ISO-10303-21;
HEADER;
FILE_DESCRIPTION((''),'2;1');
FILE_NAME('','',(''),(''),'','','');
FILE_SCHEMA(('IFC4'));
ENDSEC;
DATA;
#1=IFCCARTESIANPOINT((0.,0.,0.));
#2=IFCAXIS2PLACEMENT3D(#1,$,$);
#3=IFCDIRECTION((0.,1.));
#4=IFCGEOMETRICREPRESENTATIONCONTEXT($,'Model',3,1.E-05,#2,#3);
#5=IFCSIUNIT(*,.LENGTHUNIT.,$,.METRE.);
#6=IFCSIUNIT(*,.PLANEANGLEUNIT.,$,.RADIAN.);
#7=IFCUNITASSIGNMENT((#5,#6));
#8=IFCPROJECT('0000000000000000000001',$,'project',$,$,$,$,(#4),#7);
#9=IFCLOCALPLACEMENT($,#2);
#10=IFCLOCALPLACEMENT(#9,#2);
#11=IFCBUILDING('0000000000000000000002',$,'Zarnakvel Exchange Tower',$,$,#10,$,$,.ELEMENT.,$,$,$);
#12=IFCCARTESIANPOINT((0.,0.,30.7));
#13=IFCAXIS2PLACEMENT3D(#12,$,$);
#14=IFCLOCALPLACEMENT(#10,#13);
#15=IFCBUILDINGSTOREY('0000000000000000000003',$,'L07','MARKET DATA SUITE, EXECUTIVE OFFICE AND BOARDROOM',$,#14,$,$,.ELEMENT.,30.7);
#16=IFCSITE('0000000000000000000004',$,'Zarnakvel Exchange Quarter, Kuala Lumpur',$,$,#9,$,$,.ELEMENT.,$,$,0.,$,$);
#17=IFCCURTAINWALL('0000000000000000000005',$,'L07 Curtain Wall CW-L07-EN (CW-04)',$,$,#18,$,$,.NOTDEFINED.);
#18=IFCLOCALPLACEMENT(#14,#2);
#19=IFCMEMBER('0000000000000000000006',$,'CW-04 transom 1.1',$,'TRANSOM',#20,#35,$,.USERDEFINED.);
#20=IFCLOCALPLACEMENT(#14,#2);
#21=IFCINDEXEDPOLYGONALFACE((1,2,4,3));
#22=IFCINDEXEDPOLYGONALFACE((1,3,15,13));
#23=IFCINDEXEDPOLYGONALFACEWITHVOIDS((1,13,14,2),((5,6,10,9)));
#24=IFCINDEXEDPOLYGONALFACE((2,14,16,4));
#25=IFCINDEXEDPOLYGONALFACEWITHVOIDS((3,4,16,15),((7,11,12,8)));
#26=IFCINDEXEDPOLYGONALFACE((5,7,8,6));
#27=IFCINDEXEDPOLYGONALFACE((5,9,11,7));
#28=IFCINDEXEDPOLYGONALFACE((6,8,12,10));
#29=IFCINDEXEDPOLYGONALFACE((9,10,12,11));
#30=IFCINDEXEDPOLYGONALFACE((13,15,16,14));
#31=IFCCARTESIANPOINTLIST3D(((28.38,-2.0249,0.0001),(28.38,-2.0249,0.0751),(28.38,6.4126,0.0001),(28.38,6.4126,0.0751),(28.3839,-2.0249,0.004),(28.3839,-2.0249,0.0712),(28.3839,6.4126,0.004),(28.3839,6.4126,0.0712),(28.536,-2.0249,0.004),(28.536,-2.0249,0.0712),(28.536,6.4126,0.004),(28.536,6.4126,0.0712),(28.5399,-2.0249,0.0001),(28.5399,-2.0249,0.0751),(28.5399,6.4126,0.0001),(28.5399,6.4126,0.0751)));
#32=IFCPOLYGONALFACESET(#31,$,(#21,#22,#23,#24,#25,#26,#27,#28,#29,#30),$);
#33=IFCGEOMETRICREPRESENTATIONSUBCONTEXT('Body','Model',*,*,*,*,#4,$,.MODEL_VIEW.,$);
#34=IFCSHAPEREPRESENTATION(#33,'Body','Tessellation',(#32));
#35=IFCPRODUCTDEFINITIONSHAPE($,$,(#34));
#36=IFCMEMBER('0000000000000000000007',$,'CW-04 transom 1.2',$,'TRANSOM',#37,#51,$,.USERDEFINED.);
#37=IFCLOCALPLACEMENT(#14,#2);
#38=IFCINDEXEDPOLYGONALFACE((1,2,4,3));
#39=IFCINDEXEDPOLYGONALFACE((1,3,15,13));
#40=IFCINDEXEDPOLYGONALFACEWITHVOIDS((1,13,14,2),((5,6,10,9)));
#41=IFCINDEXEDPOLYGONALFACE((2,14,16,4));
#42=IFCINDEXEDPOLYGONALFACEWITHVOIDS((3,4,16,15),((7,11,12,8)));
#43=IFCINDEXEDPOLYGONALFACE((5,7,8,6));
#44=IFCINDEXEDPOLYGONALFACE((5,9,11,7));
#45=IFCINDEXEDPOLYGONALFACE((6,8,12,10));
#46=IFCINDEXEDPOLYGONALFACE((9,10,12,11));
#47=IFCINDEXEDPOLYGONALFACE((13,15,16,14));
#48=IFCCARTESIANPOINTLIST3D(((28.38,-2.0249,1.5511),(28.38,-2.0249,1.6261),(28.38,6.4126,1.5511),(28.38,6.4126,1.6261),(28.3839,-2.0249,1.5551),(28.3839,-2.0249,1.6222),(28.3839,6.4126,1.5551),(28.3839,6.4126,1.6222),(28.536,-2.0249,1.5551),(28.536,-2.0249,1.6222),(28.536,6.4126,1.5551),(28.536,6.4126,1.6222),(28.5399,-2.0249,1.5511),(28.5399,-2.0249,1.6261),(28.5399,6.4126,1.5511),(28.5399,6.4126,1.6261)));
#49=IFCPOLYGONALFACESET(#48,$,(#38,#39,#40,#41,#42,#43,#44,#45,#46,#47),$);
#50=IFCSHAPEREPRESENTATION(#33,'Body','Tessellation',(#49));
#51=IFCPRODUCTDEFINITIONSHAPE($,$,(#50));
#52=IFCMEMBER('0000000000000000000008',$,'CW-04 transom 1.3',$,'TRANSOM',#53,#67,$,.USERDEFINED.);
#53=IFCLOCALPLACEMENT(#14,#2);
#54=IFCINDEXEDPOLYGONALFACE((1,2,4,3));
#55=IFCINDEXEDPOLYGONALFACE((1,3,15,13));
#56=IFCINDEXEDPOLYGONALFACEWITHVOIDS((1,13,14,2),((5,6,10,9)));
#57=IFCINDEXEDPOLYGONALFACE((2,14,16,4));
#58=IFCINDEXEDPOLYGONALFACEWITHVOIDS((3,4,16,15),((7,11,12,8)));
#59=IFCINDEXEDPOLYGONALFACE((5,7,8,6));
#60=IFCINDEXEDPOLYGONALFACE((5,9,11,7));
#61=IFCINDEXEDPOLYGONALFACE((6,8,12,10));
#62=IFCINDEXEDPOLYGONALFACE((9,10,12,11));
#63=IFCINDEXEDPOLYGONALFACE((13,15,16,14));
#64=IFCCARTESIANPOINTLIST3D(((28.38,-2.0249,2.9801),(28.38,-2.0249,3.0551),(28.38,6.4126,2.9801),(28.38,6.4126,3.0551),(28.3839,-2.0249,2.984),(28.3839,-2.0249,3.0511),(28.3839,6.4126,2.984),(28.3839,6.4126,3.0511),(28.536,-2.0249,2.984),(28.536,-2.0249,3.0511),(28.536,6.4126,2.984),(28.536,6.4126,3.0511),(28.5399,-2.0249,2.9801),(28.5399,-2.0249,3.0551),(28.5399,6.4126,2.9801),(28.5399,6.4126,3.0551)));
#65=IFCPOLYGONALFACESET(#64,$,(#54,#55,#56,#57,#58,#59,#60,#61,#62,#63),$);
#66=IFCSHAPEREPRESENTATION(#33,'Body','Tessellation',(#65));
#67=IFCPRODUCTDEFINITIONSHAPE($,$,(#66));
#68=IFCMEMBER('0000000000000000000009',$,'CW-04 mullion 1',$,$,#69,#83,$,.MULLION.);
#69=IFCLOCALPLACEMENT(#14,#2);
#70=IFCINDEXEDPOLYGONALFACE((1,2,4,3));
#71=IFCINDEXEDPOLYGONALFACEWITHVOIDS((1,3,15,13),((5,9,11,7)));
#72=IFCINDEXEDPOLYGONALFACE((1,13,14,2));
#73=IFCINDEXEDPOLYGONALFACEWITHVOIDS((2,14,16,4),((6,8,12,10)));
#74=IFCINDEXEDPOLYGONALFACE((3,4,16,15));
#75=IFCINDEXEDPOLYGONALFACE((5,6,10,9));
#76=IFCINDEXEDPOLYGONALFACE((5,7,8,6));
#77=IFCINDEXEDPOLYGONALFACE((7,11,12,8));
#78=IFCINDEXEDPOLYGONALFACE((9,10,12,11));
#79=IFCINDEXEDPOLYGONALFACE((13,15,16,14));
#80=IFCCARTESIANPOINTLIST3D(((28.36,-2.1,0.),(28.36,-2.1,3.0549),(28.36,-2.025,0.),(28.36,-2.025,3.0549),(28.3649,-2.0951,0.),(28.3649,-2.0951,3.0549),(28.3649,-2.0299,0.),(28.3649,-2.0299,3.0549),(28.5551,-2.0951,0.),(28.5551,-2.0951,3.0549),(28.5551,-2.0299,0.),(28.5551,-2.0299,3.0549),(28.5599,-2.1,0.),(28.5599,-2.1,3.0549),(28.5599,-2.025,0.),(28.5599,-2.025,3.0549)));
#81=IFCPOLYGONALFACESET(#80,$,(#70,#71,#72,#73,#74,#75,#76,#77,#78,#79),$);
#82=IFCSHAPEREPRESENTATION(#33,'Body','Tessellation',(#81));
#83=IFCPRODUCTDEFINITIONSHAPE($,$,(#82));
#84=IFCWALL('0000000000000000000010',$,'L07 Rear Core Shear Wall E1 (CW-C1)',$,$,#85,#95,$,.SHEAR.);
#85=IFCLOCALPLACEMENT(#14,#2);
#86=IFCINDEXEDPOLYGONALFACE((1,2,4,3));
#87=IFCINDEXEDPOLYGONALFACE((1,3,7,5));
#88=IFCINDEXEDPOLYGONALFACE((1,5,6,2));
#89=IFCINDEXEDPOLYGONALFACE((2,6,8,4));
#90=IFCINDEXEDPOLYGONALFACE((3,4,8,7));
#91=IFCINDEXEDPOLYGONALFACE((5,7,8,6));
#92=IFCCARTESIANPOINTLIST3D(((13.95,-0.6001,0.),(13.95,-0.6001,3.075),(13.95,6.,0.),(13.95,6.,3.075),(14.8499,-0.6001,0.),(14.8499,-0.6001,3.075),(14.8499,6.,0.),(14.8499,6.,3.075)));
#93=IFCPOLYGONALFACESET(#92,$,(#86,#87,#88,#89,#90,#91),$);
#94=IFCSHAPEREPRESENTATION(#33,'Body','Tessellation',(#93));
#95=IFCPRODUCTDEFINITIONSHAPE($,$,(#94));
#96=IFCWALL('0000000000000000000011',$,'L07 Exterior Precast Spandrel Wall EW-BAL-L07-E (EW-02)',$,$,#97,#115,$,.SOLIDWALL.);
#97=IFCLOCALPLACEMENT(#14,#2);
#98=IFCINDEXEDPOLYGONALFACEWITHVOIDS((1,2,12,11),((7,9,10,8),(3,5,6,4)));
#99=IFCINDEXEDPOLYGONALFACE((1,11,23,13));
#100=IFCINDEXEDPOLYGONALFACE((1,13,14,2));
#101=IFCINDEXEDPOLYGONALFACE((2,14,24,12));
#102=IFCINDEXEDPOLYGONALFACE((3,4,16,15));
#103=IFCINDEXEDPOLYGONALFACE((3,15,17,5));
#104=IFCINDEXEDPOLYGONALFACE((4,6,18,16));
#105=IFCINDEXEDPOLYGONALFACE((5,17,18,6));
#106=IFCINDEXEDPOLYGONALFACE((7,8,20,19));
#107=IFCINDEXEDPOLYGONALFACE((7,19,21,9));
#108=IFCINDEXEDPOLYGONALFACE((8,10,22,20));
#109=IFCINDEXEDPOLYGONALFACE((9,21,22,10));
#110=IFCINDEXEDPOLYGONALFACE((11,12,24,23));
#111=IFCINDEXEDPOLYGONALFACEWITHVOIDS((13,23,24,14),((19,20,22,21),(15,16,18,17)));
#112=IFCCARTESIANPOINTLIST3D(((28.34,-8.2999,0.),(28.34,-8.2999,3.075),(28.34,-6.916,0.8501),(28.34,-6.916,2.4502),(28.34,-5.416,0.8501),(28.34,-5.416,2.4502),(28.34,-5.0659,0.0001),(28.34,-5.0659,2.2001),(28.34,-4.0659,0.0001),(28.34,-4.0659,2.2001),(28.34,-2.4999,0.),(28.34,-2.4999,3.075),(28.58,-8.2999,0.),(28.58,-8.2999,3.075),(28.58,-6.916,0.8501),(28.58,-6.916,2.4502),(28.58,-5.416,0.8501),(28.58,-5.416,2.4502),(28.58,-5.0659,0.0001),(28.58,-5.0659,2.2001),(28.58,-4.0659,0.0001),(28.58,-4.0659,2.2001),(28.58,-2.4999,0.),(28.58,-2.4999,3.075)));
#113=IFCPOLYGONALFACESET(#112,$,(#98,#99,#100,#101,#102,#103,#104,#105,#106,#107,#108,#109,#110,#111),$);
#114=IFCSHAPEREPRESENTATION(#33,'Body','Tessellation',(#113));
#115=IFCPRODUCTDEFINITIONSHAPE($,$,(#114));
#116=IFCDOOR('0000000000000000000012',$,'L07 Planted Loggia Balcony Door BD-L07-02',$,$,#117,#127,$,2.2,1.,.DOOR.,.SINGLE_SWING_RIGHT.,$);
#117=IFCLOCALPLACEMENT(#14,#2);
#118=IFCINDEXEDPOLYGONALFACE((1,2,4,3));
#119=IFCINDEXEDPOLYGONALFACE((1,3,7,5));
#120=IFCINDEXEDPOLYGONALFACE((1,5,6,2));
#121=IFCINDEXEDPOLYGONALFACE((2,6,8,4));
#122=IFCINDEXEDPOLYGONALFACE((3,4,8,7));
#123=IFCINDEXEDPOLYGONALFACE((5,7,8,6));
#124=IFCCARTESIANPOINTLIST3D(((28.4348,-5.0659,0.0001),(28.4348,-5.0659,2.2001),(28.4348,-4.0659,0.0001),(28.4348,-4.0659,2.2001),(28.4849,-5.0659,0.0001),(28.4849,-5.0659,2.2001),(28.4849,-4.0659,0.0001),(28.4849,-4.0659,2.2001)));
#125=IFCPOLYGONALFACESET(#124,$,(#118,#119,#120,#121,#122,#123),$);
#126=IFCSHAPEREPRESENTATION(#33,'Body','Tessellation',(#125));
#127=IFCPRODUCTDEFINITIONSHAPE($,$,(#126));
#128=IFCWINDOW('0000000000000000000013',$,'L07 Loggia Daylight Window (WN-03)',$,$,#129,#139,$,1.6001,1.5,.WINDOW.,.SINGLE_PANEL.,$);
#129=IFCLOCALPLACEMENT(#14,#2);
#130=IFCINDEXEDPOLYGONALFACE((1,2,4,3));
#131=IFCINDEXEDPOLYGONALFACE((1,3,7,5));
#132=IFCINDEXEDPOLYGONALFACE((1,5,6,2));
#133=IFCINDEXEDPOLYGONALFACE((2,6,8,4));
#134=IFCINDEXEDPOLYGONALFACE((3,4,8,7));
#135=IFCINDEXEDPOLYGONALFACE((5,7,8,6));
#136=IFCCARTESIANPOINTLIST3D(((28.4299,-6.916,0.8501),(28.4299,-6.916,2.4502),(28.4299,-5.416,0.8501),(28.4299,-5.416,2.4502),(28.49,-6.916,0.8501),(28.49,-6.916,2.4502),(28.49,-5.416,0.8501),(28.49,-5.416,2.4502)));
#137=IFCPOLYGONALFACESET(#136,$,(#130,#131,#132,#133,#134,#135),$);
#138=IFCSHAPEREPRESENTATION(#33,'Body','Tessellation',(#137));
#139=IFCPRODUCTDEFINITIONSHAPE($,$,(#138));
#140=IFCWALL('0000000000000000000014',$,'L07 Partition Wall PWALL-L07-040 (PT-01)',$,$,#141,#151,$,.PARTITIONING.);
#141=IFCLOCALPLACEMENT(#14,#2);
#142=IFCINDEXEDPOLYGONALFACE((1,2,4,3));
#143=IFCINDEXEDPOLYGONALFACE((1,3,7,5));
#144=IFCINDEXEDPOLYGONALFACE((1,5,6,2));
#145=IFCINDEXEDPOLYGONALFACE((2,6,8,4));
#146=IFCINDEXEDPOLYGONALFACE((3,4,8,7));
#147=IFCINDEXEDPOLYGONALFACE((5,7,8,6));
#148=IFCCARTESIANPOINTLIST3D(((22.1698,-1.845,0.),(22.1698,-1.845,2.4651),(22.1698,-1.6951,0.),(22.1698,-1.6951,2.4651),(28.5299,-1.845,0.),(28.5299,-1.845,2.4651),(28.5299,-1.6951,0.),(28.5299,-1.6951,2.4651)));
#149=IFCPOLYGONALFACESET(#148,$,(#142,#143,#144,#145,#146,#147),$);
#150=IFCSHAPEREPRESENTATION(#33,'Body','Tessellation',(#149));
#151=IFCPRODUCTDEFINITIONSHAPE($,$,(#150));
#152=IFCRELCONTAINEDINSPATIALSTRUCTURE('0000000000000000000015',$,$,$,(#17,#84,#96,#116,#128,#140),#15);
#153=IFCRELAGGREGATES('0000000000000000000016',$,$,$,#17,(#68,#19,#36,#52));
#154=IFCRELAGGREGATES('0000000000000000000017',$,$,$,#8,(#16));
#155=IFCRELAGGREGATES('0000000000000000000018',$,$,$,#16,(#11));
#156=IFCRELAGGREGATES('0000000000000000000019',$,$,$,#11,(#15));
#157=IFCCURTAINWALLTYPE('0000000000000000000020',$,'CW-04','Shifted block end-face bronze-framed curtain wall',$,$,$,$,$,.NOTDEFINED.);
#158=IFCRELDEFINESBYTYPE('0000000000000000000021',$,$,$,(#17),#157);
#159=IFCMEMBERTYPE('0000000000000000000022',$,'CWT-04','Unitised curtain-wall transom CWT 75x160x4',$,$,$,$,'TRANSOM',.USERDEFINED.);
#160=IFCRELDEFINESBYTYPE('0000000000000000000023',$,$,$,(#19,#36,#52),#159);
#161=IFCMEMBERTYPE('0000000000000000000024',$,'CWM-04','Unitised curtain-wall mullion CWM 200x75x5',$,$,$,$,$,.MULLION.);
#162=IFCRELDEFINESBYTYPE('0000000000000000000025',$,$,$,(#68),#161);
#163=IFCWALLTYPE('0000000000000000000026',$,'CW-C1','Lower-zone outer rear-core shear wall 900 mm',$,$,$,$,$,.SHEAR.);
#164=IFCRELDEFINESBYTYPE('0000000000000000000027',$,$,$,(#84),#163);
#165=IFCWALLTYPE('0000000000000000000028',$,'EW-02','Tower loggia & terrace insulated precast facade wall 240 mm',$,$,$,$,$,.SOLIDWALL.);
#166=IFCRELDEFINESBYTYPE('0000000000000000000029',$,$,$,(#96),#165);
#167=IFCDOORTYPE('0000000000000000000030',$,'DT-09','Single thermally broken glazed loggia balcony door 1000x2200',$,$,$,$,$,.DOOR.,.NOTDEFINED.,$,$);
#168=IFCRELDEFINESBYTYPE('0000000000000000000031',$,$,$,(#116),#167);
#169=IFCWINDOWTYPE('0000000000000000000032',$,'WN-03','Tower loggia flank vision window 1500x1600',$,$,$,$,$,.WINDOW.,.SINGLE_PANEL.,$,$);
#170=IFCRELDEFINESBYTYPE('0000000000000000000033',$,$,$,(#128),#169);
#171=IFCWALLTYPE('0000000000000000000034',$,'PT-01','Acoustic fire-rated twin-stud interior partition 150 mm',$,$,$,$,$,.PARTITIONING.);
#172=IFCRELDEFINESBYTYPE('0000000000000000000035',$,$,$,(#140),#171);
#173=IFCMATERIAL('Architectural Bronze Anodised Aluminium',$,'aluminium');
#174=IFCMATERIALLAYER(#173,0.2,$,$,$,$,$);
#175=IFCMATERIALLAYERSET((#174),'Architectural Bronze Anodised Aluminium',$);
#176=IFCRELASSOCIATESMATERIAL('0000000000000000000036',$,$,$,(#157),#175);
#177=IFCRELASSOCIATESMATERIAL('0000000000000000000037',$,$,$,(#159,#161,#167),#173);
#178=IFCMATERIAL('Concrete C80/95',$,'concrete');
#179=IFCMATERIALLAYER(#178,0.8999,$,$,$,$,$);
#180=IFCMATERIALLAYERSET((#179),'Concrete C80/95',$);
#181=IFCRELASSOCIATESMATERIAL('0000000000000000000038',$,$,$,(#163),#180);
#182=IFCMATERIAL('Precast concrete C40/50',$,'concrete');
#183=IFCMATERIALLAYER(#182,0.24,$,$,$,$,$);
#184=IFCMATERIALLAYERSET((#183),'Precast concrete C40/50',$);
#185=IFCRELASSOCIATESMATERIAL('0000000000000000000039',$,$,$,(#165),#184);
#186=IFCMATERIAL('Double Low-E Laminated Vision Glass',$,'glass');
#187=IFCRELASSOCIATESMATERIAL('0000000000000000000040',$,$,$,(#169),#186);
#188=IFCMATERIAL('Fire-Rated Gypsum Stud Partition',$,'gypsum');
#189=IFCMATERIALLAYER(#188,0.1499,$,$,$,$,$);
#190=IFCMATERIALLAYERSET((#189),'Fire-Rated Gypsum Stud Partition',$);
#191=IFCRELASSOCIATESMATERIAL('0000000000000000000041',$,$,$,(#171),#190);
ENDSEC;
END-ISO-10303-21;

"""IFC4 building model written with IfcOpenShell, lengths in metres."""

from ifc_helpers import new_model, si_unit, direction, frame, frame_2d, origin, origin_2d, place, context, subcontext, project, spatial, rectangle, hollow_rectangle, extrude, source, transform, mapped, material, layer, layer_set, material_profile, profile_set, type_object, element, fill, aggregate, save


model = new_model("IFC4")

# Units and contexts
model_context = context("Model", 3, precision=1e-05, world=origin(), true_north=direction((0.0, 1.0)))
body_context = subcontext(model_context, "Body", "Model", "MODEL_VIEW")
ifc_project = project(units=[si_unit("LENGTHUNIT", "METRE"), si_unit("PLANEANGLEUNIT", "RADIAN")], contexts=[model_context])

# Site, building, storey
site_placement = place(None, origin())
site = spatial("IfcSite", under=ifc_project, at=site_placement, Name="Zarnakvel Exchange Quarter, Kuala Lumpur", CompositionType="ELEMENT", RefElevation=0.0)
building_placement = place(site_placement, origin())
building = spatial("IfcBuilding", under=site, at=building_placement, Name="Zarnakvel Exchange Tower", CompositionType="ELEMENT")
storey_placement = place(building_placement, frame((0.0, 0.0, 30.7)))
storey = spatial("IfcBuildingStorey", under=building, at=storey_placement, Name="L07", Description="MARKET DATA SUITE, EXECUTIVE OFFICE AND BOARDROOM", CompositionType="ELEMENT", Elevation=30.7)

# Shared definitions
ifc_material_1 = material(Name="Concrete C80/95", Category="concrete")

# Curtain wall, members
ifc_material_2 = material(Name="Architectural Bronze Anodised Aluminium", Category="aluminium")
ifc_layer_1 = layer(ifc_material_2, 0.2)
ifc_layer_set_1 = layer_set([ifc_layer_1], Name="Architectural Bronze Anodised Aluminium")
curtain_wall_type = type_object("IfcCurtainWallType", Name="CW-04", Description="Shifted block end-face bronze-framed curtain wall", PredefinedType="NOTDEFINED", material=ifc_layer_set_1)
curtain_wall_placement = place(storey_placement, origin())
curtain_wall = element("IfcCurtainWall", 1, at=curtain_wall_placement, inside=storey, type_object=curtain_wall_type, Name="L07 Curtain Wall CW-L07-EN (CW-04)", PredefinedType="NOTDEFINED")
ifc_material_profile_1 = material_profile(ifc_material_2, hollow_rectangle(XDim=0.1599, YDim=0.075, WallThickness=0.0039, at=origin_2d()))
ifc_profile_set_1 = profile_set([ifc_material_profile_1], Name="Architectural Bronze Anodised Aluminium")
member_type_1 = type_object("IfcMemberType", Name="CWT-04", Description="Unitised curtain-wall transom CWT 75x160x4", ElementType="TRANSOM", PredefinedType="USERDEFINED", material=ifc_profile_set_1)
shared_shape_1 = source(origin(), body_context, "Body", "SweptSolid", [
    extrude(hollow_rectangle(XDim=0.1599, YDim=0.075, WallThickness=0.0039, at=origin_2d()), origin(), (0.0, 0.0, 1.0), 8.4375),
])
member_1_placement = place(storey_placement, frame((28.46, -2.0249, 0.0376), z_axis=(0.0, 1.0, 0.0), x_axis=(-1.0, 0.0, 0.0)))
member_1 = element("IfcMember", 2, at=member_1_placement, type_object=member_type_1, Name="CW-04 transom 1.1", ObjectType="TRANSOM", PredefinedType="USERDEFINED", context=body_context, shape_type="MappedRepresentation", body=[
    mapped(shared_shape_1, transform((0.0, 0.0, 0.0), x_axis=(1.0, 0.0, 0.0), y_axis=(0.0, 1.0, 0.0), z_axis=(0.0, 0.0, 1.0), scale=1.0)),
])
member_2_placement = place(storey_placement, frame((28.46, -2.0249, 1.5886), z_axis=(0.0, 1.0, 0.0), x_axis=(-1.0, 0.0, 0.0)))
member_2 = element("IfcMember", 3, at=member_2_placement, type_object=member_type_1, Name="CW-04 transom 1.2", ObjectType="TRANSOM", PredefinedType="USERDEFINED", context=body_context, shape_type="MappedRepresentation", body=[
    mapped(shared_shape_1, transform((0.0, 0.0, 0.0), x_axis=(1.0, 0.0, 0.0), y_axis=(0.0, 1.0, 0.0), z_axis=(0.0, 0.0, 1.0), scale=1.0)),
])
member_3_placement = place(storey_placement, frame((28.46, -2.0249, 3.0176), z_axis=(0.0, 1.0, 0.0), x_axis=(-1.0, 0.0, 0.0)))
member_3 = element("IfcMember", 4, at=member_3_placement, type_object=member_type_1, Name="CW-04 transom 1.3", ObjectType="TRANSOM", PredefinedType="USERDEFINED", context=body_context, shape_type="MappedRepresentation", body=[
    mapped(shared_shape_1, transform((0.0, 0.0, 0.0), x_axis=(1.0, 0.0, 0.0), y_axis=(0.0, 1.0, 0.0), z_axis=(0.0, 0.0, 1.0), scale=1.0)),
])
ifc_material_profile_2 = material_profile(ifc_material_2, hollow_rectangle(XDim=0.2, YDim=0.075, WallThickness=0.0049, at=origin_2d()))
ifc_profile_set_2 = profile_set([ifc_material_profile_2], Name="Architectural Bronze Anodised Aluminium")
member_type_2 = type_object("IfcMemberType", Name="CWM-04", Description="Unitised curtain-wall mullion CWM 200x75x5", PredefinedType="MULLION", material=ifc_profile_set_2)
shared_shape_2 = source(origin(), body_context, "Body", "SweptSolid", [
    extrude(hollow_rectangle(XDim=0.2, YDim=0.075, WallThickness=0.0049, at=origin_2d()), origin(), (0.0, 0.0, 1.0), 3.0549),
])
member_4_placement = place(storey_placement, frame((28.46, -2.0625, 0.0), z_axis=(0.0, 0.0, 1.0), x_axis=(-1.0, 0.0, 0.0)))
member_4 = element("IfcMember", 5, at=member_4_placement, type_object=member_type_2, Name="CW-04 mullion 1", PredefinedType="MULLION", context=body_context, shape_type="MappedRepresentation", body=[
    mapped(shared_shape_2, transform((0.0, 0.0, 0.0), x_axis=(1.0, 0.0, 0.0), y_axis=(0.0, 1.0, 0.0), z_axis=(0.0, 0.0, 1.0), scale=1.0)),
])
aggregate(curtain_wall, [member_4, member_1, member_2, member_3])

# Wall
ifc_layer_2 = layer(ifc_material_1, 0.8999)
ifc_layer_set_2 = layer_set([ifc_layer_2], Name="Concrete C80/95")
wall_type_1 = type_object("IfcWallType", Name="CW-C1", Description="Lower-zone outer rear-core shear wall 900 mm", PredefinedType="SHEAR", material=ifc_layer_set_2)
wall_1_placement = place(storey_placement, frame((14.3999, -0.6001, 0.0), z_axis=(0.0, 0.0, 1.0), x_axis=(0.0, 1.0, 0.0)))
element("IfcWall", 6, at=wall_1_placement, inside=storey, type_object=wall_type_1, Name="L07 Rear Core Shear Wall E1 (CW-C1)", PredefinedType="SHEAR", context=body_context, shape_type="SweptSolid", body=[
    extrude(rectangle(XDim=6.6001, YDim=0.8999, at=frame_2d((3.3, 0.0))), origin(), (0.0, 0.0, 1.0), 3.075),
])

# Wall, openings, door, window
ifc_material_3 = material(Name="Precast concrete C40/50", Category="concrete")
ifc_layer_3 = layer(ifc_material_3, 0.24)
ifc_layer_set_3 = layer_set([ifc_layer_3], Name="Precast concrete C40/50")
wall_type_2 = type_object("IfcWallType", Name="EW-02", Description="Tower loggia & terrace insulated precast facade wall 240 mm", PredefinedType="SOLIDWALL", material=ifc_layer_set_3)
wall_2_placement = place(storey_placement, frame((28.46, -2.5, 0.0), z_axis=(0.0, 0.0, 1.0), x_axis=(0.0, -1.0, 0.0)))
wall_2 = element("IfcWall", 7, at=wall_2_placement, inside=storey, type_object=wall_type_2, Name="L07 Exterior Precast Spandrel Wall EW-BAL-L07-E (EW-02)", PredefinedType="SOLIDWALL", context=body_context, shape_type="SweptSolid", body=[
    extrude(rectangle(XDim=5.8, YDim=0.24, at=frame_2d((2.8999, 0.0))), origin(), (0.0, 0.0, 1.0), 3.075),
])
opening_1_placement = place(wall_2_placement, frame((1.5659, 0.0, 0.0)))
opening_1 = element("IfcOpeningElement", 8, at=opening_1_placement, cuts=wall_2, PredefinedType="OPENING", context=body_context, shape_type="SweptSolid", body=[
    extrude(rectangle(XDim=1.0, YDim=2.2, at=frame_2d((0.5, 1.1001))), frame((0.0, 0.1299, 0.0), z_axis=(0.0, -1.0, 0.0), x_axis=(1.0, 0.0, 0.0)), (0.0, 0.0, 1.0), 0.26),
])
opening_2_placement = place(wall_2_placement, frame((2.916, 0.0, 0.8501)))
opening_2 = element("IfcOpeningElement", 9, at=opening_2_placement, cuts=wall_2, PredefinedType="OPENING", context=body_context, shape_type="SweptSolid", body=[
    extrude(rectangle(XDim=1.5, YDim=1.6001, at=frame_2d((0.75, 0.8))), frame((0.0, 0.1299, 0.0), z_axis=(0.0, -1.0, 0.0), x_axis=(1.0, 0.0, 0.0)), (0.0, 0.0, 1.0), 0.26),
])
door_type_1 = type_object("IfcDoorType", Name="DT-09", Description="Single thermally broken glazed loggia balcony door 1000x2200", OperationType="NOTDEFINED", PredefinedType="DOOR", material=ifc_material_2)
shared_shape_3 = source(origin(), body_context, "Body", "SweptSolid", [
    extrude(rectangle(XDim=1.0, YDim=2.2, at=frame_2d((0.5, 1.1001))), frame((0.0, 0.0249, 0.0), z_axis=(0.0, -1.0, 0.0), x_axis=(1.0, 0.0, 0.0)), (0.0, 0.0, 1.0), 0.05),
])
door_1_placement = place(opening_1_placement, origin())
door_1 = element("IfcDoor", 10, at=door_1_placement, inside=storey, type_object=door_type_1, Name="L07 Planted Loggia Balcony Door BD-L07-02", OperationType="SINGLE_SWING_RIGHT", OverallHeight=2.2, OverallWidth=1.0, PredefinedType="DOOR", context=body_context, shape_type="MappedRepresentation", body=[
    mapped(shared_shape_3, transform((0.0, 0.0, 0.0), x_axis=(1.0, 0.0, 0.0), y_axis=(0.0, 1.0, 0.0), z_axis=(0.0, 0.0, 1.0), scale=1.0)),
])
fill(opening_1, door_1)
ifc_material_4 = material(Name="Double Low-E Laminated Vision Glass", Category="glass")
window_type = type_object("IfcWindowType", Name="WN-03", Description="Tower loggia flank vision window 1500x1600", PartitioningType="SINGLE_PANEL", PredefinedType="WINDOW", material=ifc_material_4)
shared_shape_4 = source(origin(), body_context, "Body", "SweptSolid", [
    extrude(rectangle(XDim=1.5, YDim=1.6001, at=frame_2d((0.75, 0.8))), frame((0.0, 0.03, 0.0), z_axis=(0.0, -1.0, 0.0), x_axis=(1.0, 0.0, 0.0)), (0.0, 0.0, 1.0), 0.0601),
])
window_placement = place(opening_2_placement, origin())
window = element("IfcWindow", 11, at=window_placement, inside=storey, type_object=window_type, Name="L07 Loggia Daylight Window (WN-03)", OverallHeight=1.6001, OverallWidth=1.5, PartitioningType="SINGLE_PANEL", PredefinedType="WINDOW", context=body_context, shape_type="MappedRepresentation", body=[
    mapped(shared_shape_4, transform((0.0, 0.0, 0.0), x_axis=(1.0, 0.0, 0.0), y_axis=(0.0, 1.0, 0.0), z_axis=(0.0, 0.0, 1.0), scale=1.0)),
])
fill(opening_2, window)

# Wall
ifc_material_5 = material(Name="Fire-Rated Gypsum Stud Partition", Category="gypsum")
ifc_layer_4 = layer(ifc_material_5, 0.1499)
ifc_layer_set_4 = layer_set([ifc_layer_4], Name="Fire-Rated Gypsum Stud Partition")
wall_type_3 = type_object("IfcWallType", Name="PT-01", Description="Acoustic fire-rated twin-stud interior partition 150 mm", PredefinedType="PARTITIONING", material=ifc_layer_set_4)
wall_3_placement = place(storey_placement, frame((28.53, -1.77, 0.0), z_axis=(0.0, 0.0, 1.0), x_axis=(-1.0, 0.0, 0.0)))
element("IfcWall", 12, at=wall_3_placement, inside=storey, type_object=wall_type_3, Name="L07 Partition Wall PWALL-L07-040 (PT-01)", PredefinedType="PARTITIONING", context=body_context, shape_type="SweptSolid", body=[
    extrude(rectangle(XDim=6.3601, YDim=0.1499, at=frame_2d((3.1802, 0.0))), origin(), (0.0, 0.0, 1.0), 2.4651),
])

save(model, "model.ifc")
